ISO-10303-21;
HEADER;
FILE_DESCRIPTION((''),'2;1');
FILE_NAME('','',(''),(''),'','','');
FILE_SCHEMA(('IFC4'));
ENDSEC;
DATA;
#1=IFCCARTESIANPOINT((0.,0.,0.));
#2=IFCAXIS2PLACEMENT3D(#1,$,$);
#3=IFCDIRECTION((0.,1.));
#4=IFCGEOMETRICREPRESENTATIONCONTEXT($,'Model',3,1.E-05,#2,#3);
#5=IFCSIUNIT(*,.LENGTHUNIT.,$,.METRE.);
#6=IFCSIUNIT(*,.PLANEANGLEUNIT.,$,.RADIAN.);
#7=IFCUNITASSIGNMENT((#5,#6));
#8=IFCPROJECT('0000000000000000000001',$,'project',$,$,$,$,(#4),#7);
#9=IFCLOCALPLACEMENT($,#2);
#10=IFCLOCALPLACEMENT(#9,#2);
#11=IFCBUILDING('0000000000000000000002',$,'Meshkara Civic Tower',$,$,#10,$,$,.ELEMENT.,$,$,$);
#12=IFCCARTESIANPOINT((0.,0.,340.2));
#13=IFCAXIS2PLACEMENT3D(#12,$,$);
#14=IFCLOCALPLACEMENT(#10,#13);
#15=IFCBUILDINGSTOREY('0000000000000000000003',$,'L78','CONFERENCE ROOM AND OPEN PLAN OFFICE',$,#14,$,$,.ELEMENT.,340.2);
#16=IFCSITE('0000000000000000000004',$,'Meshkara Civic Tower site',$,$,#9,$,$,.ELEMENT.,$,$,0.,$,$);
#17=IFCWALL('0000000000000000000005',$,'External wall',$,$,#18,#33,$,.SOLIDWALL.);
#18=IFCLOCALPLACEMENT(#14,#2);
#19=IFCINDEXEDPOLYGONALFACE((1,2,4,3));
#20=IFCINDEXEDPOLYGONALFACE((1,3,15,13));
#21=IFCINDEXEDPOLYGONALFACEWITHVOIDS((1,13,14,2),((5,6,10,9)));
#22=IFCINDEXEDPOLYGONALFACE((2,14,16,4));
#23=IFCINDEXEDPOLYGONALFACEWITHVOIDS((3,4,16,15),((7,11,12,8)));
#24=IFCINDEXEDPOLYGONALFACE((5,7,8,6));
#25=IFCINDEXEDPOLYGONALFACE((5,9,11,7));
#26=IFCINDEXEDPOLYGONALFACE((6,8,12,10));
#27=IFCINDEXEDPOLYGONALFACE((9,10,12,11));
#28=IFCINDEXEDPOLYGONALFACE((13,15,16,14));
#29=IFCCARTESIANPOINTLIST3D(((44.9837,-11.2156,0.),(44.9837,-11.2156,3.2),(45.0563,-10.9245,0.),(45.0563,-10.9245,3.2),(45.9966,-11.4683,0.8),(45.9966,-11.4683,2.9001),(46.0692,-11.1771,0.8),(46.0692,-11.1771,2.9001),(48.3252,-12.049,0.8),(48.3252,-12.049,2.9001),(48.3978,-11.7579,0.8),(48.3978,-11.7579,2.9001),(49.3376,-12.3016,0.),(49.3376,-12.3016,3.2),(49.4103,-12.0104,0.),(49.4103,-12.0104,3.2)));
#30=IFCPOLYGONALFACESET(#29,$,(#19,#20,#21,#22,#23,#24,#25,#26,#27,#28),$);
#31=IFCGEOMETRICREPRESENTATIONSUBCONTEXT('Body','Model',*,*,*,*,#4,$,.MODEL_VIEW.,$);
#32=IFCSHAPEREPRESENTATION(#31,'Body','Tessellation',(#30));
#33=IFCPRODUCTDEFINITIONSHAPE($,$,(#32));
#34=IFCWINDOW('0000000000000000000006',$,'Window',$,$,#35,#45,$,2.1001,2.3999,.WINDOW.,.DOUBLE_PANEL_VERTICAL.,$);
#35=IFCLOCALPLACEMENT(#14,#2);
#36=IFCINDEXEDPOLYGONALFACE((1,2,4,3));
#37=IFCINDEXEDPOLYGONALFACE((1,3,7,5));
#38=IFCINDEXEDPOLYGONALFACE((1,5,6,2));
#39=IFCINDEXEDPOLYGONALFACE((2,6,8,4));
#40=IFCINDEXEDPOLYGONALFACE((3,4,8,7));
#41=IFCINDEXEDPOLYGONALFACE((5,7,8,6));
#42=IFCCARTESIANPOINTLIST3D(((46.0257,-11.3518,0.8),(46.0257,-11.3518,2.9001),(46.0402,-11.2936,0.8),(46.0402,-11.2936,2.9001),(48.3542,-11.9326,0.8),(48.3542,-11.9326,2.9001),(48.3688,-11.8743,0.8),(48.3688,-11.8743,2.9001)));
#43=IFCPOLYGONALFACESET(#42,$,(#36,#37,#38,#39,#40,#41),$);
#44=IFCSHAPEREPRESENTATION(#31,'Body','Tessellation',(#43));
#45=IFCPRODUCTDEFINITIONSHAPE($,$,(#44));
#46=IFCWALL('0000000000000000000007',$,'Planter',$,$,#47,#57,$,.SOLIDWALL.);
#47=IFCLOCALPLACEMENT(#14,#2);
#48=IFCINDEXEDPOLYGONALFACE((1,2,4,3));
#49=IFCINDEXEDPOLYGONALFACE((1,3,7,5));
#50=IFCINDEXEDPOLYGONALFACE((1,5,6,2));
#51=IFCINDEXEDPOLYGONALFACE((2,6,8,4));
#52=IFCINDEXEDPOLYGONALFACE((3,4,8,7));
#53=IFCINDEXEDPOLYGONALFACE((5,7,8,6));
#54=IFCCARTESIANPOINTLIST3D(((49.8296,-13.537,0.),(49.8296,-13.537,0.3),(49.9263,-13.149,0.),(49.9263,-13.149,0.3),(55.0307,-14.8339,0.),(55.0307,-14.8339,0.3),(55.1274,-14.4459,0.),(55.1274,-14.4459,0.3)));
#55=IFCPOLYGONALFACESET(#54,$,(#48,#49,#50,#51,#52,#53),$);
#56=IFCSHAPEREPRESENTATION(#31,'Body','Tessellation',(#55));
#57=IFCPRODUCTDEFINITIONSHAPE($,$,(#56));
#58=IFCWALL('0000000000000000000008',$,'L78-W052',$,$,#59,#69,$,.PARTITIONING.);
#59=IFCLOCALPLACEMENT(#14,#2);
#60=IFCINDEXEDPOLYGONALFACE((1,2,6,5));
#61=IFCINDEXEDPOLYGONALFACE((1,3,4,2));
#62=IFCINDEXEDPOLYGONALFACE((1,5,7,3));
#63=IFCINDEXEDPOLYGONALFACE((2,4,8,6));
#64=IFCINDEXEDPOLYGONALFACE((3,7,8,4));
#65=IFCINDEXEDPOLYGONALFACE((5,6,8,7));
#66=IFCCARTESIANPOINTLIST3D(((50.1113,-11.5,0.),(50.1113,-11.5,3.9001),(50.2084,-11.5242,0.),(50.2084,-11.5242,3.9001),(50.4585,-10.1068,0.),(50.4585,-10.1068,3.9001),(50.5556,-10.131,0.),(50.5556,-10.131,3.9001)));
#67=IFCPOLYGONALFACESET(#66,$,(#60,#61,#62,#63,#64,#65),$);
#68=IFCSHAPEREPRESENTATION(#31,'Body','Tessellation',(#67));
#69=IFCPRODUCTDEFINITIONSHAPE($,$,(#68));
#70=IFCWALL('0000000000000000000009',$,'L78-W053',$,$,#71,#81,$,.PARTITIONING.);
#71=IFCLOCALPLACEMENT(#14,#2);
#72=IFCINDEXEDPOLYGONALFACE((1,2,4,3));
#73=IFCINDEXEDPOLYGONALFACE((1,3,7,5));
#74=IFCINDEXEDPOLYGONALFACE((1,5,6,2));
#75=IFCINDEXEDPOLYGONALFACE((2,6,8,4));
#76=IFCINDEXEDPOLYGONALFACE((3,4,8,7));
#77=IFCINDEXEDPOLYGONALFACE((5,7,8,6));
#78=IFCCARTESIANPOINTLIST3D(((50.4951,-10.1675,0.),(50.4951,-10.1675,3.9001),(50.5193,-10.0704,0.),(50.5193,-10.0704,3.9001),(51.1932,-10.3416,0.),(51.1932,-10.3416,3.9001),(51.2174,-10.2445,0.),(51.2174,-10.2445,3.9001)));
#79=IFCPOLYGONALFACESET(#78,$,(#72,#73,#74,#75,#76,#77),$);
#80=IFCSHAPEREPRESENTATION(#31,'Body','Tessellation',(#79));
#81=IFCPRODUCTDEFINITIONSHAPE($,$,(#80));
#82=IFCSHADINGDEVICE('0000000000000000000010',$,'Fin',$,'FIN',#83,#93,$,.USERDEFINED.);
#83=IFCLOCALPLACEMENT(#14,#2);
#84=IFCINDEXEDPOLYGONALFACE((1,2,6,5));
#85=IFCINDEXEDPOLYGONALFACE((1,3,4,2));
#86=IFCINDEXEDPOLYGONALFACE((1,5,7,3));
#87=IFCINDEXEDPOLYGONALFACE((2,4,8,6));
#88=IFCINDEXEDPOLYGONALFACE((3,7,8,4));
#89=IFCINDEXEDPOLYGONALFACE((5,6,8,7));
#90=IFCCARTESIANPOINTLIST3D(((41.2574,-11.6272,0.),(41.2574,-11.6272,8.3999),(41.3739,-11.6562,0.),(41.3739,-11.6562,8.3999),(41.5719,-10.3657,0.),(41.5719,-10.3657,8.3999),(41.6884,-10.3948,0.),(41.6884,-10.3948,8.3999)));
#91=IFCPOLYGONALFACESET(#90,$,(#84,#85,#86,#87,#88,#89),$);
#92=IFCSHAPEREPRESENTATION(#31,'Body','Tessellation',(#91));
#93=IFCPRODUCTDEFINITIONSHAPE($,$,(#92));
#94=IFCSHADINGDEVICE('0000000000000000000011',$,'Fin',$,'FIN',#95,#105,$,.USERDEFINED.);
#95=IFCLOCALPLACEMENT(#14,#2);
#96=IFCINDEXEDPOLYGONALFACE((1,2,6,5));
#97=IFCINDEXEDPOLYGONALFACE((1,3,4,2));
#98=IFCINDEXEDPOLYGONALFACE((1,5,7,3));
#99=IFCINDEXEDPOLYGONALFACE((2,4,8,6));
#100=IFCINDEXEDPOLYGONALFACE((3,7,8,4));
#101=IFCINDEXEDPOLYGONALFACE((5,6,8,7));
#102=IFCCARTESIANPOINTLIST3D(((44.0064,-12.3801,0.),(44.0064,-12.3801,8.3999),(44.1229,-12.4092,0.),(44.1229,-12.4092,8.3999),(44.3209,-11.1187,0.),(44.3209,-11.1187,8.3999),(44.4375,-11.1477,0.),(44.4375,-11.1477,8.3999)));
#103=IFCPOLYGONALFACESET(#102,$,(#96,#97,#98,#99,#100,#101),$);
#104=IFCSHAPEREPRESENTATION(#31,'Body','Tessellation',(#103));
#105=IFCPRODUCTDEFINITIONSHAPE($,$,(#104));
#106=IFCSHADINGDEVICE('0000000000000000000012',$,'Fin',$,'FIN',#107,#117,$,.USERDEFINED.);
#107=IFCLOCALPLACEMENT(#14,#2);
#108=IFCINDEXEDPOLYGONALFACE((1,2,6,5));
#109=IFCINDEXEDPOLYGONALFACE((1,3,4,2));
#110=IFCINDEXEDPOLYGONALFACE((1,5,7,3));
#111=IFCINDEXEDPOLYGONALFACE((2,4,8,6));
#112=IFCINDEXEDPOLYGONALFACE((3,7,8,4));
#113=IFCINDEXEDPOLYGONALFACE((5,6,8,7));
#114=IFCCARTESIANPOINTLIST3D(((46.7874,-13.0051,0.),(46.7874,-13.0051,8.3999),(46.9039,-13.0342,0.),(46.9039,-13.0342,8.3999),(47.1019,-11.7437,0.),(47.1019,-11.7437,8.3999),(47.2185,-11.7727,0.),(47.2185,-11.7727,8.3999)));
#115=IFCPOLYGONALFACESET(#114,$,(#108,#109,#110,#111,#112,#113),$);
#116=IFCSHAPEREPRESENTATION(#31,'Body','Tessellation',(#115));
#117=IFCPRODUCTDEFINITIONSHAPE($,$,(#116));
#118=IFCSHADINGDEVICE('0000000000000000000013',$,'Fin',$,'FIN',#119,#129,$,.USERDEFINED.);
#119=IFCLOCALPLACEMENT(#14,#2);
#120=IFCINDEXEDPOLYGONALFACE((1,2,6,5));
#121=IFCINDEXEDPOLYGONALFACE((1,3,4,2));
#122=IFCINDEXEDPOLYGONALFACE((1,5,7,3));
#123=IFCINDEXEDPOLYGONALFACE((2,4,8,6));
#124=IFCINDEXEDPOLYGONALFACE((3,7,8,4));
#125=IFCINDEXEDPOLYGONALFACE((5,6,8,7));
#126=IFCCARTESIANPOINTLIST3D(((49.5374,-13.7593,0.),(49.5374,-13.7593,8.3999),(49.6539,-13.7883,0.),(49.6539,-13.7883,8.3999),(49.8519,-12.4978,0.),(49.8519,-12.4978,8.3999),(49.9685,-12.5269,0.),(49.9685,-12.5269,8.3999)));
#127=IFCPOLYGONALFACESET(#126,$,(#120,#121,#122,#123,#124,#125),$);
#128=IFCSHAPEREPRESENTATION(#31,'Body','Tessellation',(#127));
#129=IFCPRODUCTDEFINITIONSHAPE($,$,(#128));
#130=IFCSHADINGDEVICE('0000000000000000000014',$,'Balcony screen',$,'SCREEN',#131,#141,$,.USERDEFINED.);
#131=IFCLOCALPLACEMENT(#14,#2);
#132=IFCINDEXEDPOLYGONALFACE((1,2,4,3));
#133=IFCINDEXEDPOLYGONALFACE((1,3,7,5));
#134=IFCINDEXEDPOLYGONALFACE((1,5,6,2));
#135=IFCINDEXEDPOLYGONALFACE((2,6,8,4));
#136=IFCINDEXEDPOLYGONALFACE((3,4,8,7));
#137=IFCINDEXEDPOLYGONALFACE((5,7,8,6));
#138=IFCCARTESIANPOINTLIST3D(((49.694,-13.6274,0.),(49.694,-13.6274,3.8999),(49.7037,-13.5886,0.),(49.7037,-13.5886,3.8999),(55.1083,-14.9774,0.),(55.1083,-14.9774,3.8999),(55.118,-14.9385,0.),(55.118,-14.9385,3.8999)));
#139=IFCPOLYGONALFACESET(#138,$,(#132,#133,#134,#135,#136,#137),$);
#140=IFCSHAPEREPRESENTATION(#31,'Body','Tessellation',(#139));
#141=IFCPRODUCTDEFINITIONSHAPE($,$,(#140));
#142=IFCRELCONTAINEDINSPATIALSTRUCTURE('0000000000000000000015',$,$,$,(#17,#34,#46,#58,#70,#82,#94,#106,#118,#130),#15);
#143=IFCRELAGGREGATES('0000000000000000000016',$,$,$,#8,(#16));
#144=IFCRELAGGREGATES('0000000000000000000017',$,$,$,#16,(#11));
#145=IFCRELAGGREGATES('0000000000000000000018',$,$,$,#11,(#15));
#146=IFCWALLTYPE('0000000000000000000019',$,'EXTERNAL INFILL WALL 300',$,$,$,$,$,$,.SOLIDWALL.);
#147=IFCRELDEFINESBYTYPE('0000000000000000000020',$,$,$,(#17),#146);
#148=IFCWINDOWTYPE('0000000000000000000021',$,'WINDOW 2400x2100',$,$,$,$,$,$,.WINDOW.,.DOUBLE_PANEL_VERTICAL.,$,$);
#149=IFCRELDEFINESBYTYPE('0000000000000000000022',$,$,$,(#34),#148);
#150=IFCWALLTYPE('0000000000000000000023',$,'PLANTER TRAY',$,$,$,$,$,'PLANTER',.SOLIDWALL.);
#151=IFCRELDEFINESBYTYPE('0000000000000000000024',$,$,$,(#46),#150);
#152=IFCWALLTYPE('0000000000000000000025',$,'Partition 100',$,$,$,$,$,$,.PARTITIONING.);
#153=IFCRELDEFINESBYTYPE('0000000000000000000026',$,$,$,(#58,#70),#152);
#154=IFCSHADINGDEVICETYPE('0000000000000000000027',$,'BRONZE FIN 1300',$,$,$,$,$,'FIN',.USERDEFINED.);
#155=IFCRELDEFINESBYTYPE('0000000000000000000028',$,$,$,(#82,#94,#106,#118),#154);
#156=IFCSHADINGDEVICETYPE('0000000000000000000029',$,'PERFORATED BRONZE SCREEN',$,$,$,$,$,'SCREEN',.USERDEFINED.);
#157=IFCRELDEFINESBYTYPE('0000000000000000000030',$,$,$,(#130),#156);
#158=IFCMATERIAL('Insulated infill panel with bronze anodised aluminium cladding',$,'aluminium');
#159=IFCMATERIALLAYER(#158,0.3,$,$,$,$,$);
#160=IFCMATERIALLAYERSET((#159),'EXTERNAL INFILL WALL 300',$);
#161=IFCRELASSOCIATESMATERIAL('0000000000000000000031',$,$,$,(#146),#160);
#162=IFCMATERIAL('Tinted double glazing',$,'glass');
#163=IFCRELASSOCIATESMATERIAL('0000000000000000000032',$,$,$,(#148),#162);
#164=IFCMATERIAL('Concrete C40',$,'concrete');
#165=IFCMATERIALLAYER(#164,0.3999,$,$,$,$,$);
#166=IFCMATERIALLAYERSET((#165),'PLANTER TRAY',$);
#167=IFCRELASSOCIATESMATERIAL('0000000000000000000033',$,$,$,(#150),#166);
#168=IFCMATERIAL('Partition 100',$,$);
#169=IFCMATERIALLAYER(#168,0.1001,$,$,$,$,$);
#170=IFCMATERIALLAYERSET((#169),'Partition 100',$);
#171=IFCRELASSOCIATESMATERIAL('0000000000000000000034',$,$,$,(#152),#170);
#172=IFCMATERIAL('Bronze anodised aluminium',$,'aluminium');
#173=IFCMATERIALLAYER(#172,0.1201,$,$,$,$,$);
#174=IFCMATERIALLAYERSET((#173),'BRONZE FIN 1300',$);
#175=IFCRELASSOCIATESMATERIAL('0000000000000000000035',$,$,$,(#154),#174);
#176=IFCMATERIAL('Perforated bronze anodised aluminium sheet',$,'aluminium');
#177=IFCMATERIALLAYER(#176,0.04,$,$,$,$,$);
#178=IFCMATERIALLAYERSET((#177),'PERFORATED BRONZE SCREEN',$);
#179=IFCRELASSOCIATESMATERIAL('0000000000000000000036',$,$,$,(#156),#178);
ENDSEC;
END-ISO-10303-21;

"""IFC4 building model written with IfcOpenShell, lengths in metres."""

from ifc_helpers import new_model, si_unit, direction, frame, frame_2d, origin, origin_2d, place, context, subcontext, project, spatial, rectangle, extrude, material, layer, layer_set, type_object, element, fill, save


model = new_model("IFC4")

# Units and contexts
model_context = context("Model", 3, precision=1e-05, world=origin(), true_north=direction((0.0, 1.0)))
body_context = subcontext(model_context, "Body", "Model", "MODEL_VIEW")
ifc_project = project(units=[si_unit("LENGTHUNIT", "METRE"), si_unit("PLANEANGLEUNIT", "RADIAN")], contexts=[model_context])

# Site, building, storey
site_placement = place(None, origin())
site = spatial("IfcSite", under=ifc_project, at=site_placement, Name="Meshkara Civic Tower site", CompositionType="ELEMENT", RefElevation=0.0)
building_placement = place(site_placement, origin())
building = spatial("IfcBuilding", under=site, at=building_placement, Name="Meshkara Civic Tower", CompositionType="ELEMENT")
storey_placement = place(building_placement, frame((0.0, 0.0, 340.2)))
storey = spatial("IfcBuildingStorey", under=building, at=storey_placement, Name="L78", Description="CONFERENCE ROOM AND OPEN PLAN OFFICE", CompositionType="ELEMENT", Elevation=340.2)

# Wall, opening, window
ifc_material_1 = material(Name="Insulated infill panel with bronze anodised aluminium cladding", Category="aluminium")
ifc_layer_1 = layer(ifc_material_1, 0.3)
ifc_layer_set_1 = layer_set([ifc_layer_1], Name="EXTERNAL INFILL WALL 300")
wall_type_1 = type_object("IfcWallType", Name="EXTERNAL INFILL WALL 300", PredefinedType="SOLIDWALL", material=ifc_layer_set_1)
ifc_material_2 = material(Name="Tinted double glazing", Category="glass")
window_type = type_object("IfcWindowType", Name="WINDOW 2400x2100", PartitioningType="DOUBLE_PANEL_VERTICAL", PredefinedType="WINDOW", material=ifc_material_2)
wall_1_placement = place(storey_placement, frame((45.02, -11.0701, 0.0), z_axis=(0.0, 0.0, 1.0), x_axis=(0.970277, -0.241998, 0.0)))
wall_1 = element("IfcWall", 1, at=wall_1_placement, inside=storey, type_object=wall_type_1, Name="External wall", PredefinedType="SOLIDWALL", context=body_context, shape_type="SweptSolid", body=[
    extrude(rectangle(XDim=4.4873, YDim=0.3, at=frame_2d((2.2437, 0.0))), origin(), (0.0, 0.0, 1.0), 3.2),
])
opening_1_placement = place(wall_1_placement, frame((1.0439, 0.0, 0.8)))
opening_1 = element("IfcOpeningElement", 2, at=opening_1_placement, cuts=wall_1, PredefinedType="OPENING", context=body_context, shape_type="SweptSolid", body=[
    extrude(rectangle(XDim=2.3999, YDim=2.1001, at=frame_2d((1.2, 1.05))), frame((0.0, 0.1599, 0.0), z_axis=(0.0, -1.0, 0.0), x_axis=(1.0, 0.0, 0.0)), (0.0, 0.0, 1.0), 0.3201),
])
window_1_placement = place(opening_1_placement, origin())
window_1 = element("IfcWindow", 3, at=window_1_placement, inside=storey, type_object=window_type, Name="Window", OverallHeight=2.1001, OverallWidth=2.3999, PartitioningType="DOUBLE_PANEL_VERTICAL", PredefinedType="WINDOW", context=body_context, shape_type="SweptSolid", body=[
    extrude(rectangle(XDim=2.3999, YDim=2.1001, at=frame_2d((1.2, 1.05))), frame((0.0, 0.03, 0.0), z_axis=(0.0, -1.0, 0.0), x_axis=(1.0, 0.0, 0.0)), (0.0, 0.0, 1.0), 0.0601),
])
fill(opening_1, window_1)

# Walls
ifc_material_3 = material(Name="Concrete C40", Category="concrete")
ifc_layer_2 = layer(ifc_material_3, 0.3999)
ifc_layer_set_2 = layer_set([ifc_layer_2], Name="PLANTER TRAY")
wall_type_2 = type_object("IfcWallType", Name="PLANTER TRAY", ElementType="PLANTER", PredefinedType="SOLIDWALL", material=ifc_layer_set_2)
wall_2_placement = place(storey_placement, frame((49.8779, -13.343, 0.0), z_axis=(0.0, 0.0, 1.0), x_axis=(0.970292, -0.241935, 0.0)))
element("IfcWall", 4, at=wall_2_placement, inside=storey, type_object=wall_type_2, Name="Planter", PredefinedType="SOLIDWALL", context=body_context, shape_type="SweptSolid", body=[
    extrude(rectangle(XDim=5.3604, YDim=0.3999, at=frame_2d((2.6802, 0.0))), origin(), (0.0, 0.0, 1.0), 0.3),
])
ifc_material_4 = material(Name="Partition 100")
ifc_layer_3 = layer(ifc_material_4, 0.1001)
ifc_layer_set_3 = layer_set([ifc_layer_3], Name="Partition 100")
wall_type_3 = type_object("IfcWallType", Name="Partition 100", PredefinedType="PARTITIONING", material=ifc_layer_set_3)
wall_3_placement = place(storey_placement, frame((50.1599, -11.512, 0.0), z_axis=(0.0, 0.0, 1.0), x_axis=(0.241815, 0.970322, 0.0)))
element("IfcWall", 5, at=wall_3_placement, inside=storey, type_object=wall_type_3, Name="L78-W052", PredefinedType="PARTITIONING", context=body_context, shape_type="SweptSolid", body=[
    extrude(rectangle(XDim=1.4358, YDim=0.1001, at=frame_2d((0.7178, 0.0))), origin(), (0.0, 0.0, 1.0), 3.9001),
])
wall_4_placement = place(storey_placement, frame((50.5071, -10.1189, 0.0), z_axis=(0.0, 0.0, 1.0), x_axis=(0.970282, -0.241977, 0.0)))
element("IfcWall", 6, at=wall_4_placement, inside=storey, type_object=wall_type_3, Name="L78-W053", PredefinedType="PARTITIONING", context=body_context, shape_type="SweptSolid", body=[
    extrude(rectangle(XDim=0.7195, YDim=0.1001, at=frame_2d((0.3599, 0.0))), origin(), (0.0, 0.0, 1.0), 3.9001),
])

# Shading devices
ifc_material_5 = material(Name="Bronze anodised aluminium", Category="aluminium")
ifc_layer_4 = layer(ifc_material_5, 0.1201)
ifc_layer_set_4 = layer_set([ifc_layer_4], Name="BRONZE FIN 1300")
shading_device_type_1 = type_object("IfcShadingDeviceType", Name="BRONZE FIN 1300", ElementType="FIN", PredefinedType="USERDEFINED", material=ifc_layer_set_4)
for number, where, z_axis, x_axis, name in (
    (7, (41.4729, -11.011, 0.0), (0.0, 0.0, 1.0), (0.970296, -0.241922, 0.0), "Fin"),
    (8, (44.2219, -11.7639, 0.0), (0.0, 0.0, 1.0), (0.970296, -0.241922, 0.0), "Fin"),
    (9, (47.0029, -12.3889, 0.0), (0.0, 0.0, 1.0), (0.970296, -0.241922, 0.0), "Fin"),
    (10, (49.7529, -13.1431, 0.0), (0.0, 0.0, 1.0), (0.970296, -0.241922, 0.0), "Fin"),
):
    element("IfcShadingDevice", number, at=place(storey_placement, frame(where, z_axis=z_axis, x_axis=x_axis)), inside=storey, type_object=shading_device_type_1, Name=name, ObjectType="FIN", PredefinedType="USERDEFINED", context=body_context, shape_type="SweptSolid", body=[
        extrude(rectangle(XDim=0.1201, YDim=1.3, at=origin_2d()), origin(), (0.0, 0.0, 1.0), 8.3999),
    ])
ifc_material_6 = material(Name="Perforated bronze anodised aluminium sheet", Category="aluminium")
ifc_layer_5 = layer(ifc_material_6, 0.04)
ifc_layer_set_5 = layer_set([ifc_layer_5], Name="PERFORATED BRONZE SCREEN")
shading_device_type_2 = type_object("IfcShadingDeviceType", Name="PERFORATED BRONZE SCREEN", ElementType="SCREEN", PredefinedType="USERDEFINED", material=ifc_layer_set_5)
shading_device_placement = place(storey_placement, frame((52.406, -14.283, 0.0), z_axis=(0.0, 0.0, 1.0), x_axis=(0.970296, -0.241922, 0.0)))
element("IfcShadingDevice", 11, at=shading_device_placement, inside=storey, type_object=shading_device_type_2, Name="Balcony screen", ObjectType="SCREEN", PredefinedType="USERDEFINED", context=body_context, shape_type="SweptSolid", body=[
    extrude(rectangle(XDim=5.5801, YDim=0.04, at=origin_2d()), origin(), (0.0, 0.0, 1.0), 3.8999),
])

save(model, "model.ifc")
